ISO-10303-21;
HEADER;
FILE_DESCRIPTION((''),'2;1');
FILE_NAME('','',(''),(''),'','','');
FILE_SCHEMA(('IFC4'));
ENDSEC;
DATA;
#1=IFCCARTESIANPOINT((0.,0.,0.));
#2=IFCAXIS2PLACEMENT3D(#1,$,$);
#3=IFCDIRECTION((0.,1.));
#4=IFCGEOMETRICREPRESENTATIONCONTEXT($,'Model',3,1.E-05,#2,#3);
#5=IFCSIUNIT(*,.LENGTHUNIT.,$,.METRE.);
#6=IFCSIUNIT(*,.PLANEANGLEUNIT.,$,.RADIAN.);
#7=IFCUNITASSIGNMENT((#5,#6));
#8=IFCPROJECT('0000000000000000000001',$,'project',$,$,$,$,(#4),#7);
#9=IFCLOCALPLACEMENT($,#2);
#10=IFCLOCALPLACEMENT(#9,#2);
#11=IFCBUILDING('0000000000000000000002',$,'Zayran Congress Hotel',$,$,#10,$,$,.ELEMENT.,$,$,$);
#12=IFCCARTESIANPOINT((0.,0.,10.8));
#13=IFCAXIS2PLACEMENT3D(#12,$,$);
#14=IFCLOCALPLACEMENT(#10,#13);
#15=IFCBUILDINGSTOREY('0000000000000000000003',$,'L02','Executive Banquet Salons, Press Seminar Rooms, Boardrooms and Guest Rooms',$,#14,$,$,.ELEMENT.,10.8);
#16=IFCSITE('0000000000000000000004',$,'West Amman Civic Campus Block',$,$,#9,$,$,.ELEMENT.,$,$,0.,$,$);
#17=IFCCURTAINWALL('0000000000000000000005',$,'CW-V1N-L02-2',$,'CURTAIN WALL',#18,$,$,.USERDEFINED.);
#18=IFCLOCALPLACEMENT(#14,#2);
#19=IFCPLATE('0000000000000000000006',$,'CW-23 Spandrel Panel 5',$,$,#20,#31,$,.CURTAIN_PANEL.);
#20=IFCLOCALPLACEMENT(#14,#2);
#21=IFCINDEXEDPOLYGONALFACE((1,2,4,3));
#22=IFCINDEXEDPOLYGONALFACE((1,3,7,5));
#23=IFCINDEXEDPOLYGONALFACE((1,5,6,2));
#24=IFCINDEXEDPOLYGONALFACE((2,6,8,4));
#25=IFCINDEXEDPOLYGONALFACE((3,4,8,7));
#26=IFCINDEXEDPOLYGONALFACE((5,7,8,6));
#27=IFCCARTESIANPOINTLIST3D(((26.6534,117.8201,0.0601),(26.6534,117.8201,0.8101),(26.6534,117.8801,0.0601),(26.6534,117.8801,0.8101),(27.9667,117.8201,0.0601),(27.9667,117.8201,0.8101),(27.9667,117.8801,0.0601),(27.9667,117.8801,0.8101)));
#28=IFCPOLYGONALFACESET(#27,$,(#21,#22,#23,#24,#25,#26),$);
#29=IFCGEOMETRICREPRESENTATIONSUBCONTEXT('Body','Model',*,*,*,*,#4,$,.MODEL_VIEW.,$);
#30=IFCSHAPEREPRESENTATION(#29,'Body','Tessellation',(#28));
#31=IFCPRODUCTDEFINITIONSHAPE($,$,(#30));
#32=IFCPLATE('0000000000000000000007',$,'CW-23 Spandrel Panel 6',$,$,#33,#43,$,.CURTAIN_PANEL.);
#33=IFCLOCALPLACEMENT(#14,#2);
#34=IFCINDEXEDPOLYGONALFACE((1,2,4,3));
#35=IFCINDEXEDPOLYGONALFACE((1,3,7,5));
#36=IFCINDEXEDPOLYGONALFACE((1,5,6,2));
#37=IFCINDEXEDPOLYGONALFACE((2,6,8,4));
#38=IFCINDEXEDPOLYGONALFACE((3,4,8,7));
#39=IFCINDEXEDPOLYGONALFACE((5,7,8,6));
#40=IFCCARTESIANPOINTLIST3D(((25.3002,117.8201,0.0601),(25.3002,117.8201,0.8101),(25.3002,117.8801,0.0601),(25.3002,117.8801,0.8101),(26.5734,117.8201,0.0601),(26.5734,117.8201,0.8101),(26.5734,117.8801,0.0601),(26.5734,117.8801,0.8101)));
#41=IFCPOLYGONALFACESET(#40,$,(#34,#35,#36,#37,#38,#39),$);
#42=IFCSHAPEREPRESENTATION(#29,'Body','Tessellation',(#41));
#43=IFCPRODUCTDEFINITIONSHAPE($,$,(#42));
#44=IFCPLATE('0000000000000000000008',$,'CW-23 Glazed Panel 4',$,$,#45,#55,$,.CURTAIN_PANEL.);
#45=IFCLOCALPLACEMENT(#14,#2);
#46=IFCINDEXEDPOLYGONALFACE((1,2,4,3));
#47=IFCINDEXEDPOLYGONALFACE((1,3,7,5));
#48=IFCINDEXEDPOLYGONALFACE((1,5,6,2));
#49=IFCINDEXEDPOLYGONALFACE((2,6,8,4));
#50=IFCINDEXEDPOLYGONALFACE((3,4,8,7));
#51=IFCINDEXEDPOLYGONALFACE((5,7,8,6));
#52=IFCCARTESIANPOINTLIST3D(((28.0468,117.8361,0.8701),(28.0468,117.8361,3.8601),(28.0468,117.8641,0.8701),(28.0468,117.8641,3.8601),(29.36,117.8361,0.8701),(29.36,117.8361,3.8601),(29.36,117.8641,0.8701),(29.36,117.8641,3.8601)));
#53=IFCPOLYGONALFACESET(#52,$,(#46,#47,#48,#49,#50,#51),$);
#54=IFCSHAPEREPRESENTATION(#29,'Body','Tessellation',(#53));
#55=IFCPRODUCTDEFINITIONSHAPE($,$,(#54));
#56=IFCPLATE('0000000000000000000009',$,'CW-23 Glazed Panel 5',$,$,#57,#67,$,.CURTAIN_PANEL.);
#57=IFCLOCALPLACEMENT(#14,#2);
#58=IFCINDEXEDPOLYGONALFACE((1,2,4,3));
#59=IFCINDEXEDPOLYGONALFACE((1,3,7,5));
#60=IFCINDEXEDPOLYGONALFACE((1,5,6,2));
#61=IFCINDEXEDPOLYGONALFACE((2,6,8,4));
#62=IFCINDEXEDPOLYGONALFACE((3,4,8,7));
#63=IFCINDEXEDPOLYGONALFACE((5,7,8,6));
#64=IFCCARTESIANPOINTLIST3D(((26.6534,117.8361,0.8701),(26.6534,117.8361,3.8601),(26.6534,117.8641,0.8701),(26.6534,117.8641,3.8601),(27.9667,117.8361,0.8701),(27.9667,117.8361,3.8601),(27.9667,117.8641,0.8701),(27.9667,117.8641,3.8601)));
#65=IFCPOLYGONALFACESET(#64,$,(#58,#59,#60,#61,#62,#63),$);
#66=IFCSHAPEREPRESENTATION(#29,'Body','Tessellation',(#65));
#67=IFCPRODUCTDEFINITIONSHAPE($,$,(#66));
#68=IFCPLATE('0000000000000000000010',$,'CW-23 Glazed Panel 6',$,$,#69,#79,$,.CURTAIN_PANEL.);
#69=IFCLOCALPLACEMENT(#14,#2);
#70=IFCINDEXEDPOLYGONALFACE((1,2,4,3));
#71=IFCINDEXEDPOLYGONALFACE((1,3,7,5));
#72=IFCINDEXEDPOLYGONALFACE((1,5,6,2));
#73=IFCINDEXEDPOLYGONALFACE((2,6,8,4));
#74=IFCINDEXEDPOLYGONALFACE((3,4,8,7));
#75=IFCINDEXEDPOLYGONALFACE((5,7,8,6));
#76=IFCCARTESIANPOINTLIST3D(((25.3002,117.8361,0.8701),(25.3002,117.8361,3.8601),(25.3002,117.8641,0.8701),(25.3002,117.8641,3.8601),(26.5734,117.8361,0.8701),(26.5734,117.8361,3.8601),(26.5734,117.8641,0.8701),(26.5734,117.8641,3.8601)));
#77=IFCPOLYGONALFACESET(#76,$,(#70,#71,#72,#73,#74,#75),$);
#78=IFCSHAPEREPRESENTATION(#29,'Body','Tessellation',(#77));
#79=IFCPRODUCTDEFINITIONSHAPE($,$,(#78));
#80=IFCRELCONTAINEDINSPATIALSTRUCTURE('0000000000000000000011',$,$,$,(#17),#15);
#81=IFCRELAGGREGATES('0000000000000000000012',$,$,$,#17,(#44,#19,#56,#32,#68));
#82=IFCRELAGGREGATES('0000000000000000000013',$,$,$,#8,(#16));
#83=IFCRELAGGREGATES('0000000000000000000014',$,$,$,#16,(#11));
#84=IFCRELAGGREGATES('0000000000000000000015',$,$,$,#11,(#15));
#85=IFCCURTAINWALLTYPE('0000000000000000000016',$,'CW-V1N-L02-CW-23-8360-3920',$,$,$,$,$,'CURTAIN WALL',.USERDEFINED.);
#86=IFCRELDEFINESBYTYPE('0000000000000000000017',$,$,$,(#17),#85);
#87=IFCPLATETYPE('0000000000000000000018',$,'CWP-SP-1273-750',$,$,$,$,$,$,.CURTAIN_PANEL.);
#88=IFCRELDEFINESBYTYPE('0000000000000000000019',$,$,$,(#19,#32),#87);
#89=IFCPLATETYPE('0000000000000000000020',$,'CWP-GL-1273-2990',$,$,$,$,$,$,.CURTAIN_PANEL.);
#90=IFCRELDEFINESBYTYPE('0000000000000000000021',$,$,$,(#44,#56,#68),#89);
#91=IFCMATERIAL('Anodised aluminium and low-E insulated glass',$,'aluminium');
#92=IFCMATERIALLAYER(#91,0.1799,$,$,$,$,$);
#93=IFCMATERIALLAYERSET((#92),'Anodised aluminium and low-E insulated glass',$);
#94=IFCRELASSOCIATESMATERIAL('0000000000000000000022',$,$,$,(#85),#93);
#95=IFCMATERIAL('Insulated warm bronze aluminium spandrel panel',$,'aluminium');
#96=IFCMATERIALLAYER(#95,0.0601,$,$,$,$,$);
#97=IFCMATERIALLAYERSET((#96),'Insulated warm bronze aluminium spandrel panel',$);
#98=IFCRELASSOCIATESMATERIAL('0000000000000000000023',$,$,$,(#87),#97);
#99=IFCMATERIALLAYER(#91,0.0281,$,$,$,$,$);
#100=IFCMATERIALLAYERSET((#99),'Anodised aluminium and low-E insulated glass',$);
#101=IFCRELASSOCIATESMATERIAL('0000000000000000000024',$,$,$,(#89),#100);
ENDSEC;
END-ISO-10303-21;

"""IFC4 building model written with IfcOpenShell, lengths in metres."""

from ifc_helpers import new_model, si_unit, direction, frame, origin, origin_2d, place, context, subcontext, project, spatial, rectangle, extrude, material, layer, layer_set, type_object, element, aggregate, save


model = new_model("IFC4")

# Units and contexts
model_context = context("Model", 3, precision=1e-05, world=origin(), true_north=direction((0.0, 1.0)))
body_context = subcontext(model_context, "Body", "Model", "MODEL_VIEW")
ifc_project = project(units=[si_unit("LENGTHUNIT", "METRE"), si_unit("PLANEANGLEUNIT", "RADIAN")], contexts=[model_context])

# Site, building, storey
site_placement = place(None, origin())
site = spatial("IfcSite", under=ifc_project, at=site_placement, Name="West Amman Civic Campus Block", CompositionType="ELEMENT", RefElevation=0.0)
building_placement = place(site_placement, origin())
building = spatial("IfcBuilding", under=site, at=building_placement, Name="Zayran Congress Hotel", CompositionType="ELEMENT")
storey_placement = place(building_placement, frame((0.0, 0.0, 10.8)))
storey = spatial("IfcBuildingStorey", under=building, at=storey_placement, Name="L02", Description="Executive Banquet Salons, Press Seminar Rooms, Boardrooms and Guest Rooms", CompositionType="ELEMENT", Elevation=10.8)

# Curtain wall
ifc_material_1 = material(Name="Anodised aluminium and low-E insulated glass", Category="aluminium")
ifc_layer_1 = layer(ifc_material_1, 0.1799)
ifc_layer_set_1 = layer_set([ifc_layer_1], Name="Anodised aluminium and low-E insulated glass")
curtain_wall_type_1 = type_object("IfcCurtainWallType", Name="CW-V1N-L02-CW-23-8360-3920", ElementType="CURTAIN WALL", PredefinedType="USERDEFINED", material=ifc_layer_set_1)
curtain_wall_1_placement = place(storey_placement, origin())
curtain_wall_1 = element("IfcCurtainWall", 1, at=curtain_wall_1_placement, inside=storey, type_object=curtain_wall_type_1, Name="CW-V1N-L02-2", ObjectType="CURTAIN WALL", PredefinedType="USERDEFINED")

# Plates
ifc_material_2 = material(Name="Insulated warm bronze aluminium spandrel panel", Category="aluminium")
ifc_layer_2 = layer(ifc_material_2, 0.0601)
ifc_layer_set_2 = layer_set([ifc_layer_2], Name="Insulated warm bronze aluminium spandrel panel")
plate_type_1 = type_object("IfcPlateType", Name="CWP-SP-1273-750", PredefinedType="CURTAIN_PANEL", material=ifc_layer_set_2)
plate_1_placement = place(storey_placement, frame((27.3101, 117.8501, 0.0601), z_axis=(0.0, 0.0, 1.0), x_axis=(1.0, 0.0, 0.0)))
plate_1 = element("IfcPlate", 2, at=plate_1_placement, type_object=plate_type_1, Name="CW-23 Spandrel Panel 5", PredefinedType="CURTAIN_PANEL", context=body_context, shape_type="SweptSolid", body=[
    extrude(rectangle(XDim=1.3132, YDim=0.0601, at=origin_2d()), origin(), (0.0, 0.0, 1.0), 0.75),
])
plate_2_placement = place(storey_placement, frame((25.9368, 117.8501, 0.0601), z_axis=(0.0, 0.0, 1.0), x_axis=(1.0, 0.0, 0.0)))
plate_2 = element("IfcPlate", 3, at=plate_2_placement, type_object=plate_type_1, Name="CW-23 Spandrel Panel 6", PredefinedType="CURTAIN_PANEL", context=body_context, shape_type="SweptSolid", body=[
    extrude(rectangle(XDim=1.2732, YDim=0.0601, at=origin_2d()), origin(), (0.0, 0.0, 1.0), 0.75),
])
ifc_layer_3 = layer(ifc_material_1, 0.0281)
ifc_layer_set_3 = layer_set([ifc_layer_3], Name="Anodised aluminium and low-E insulated glass")
plate_type_2 = type_object("IfcPlateType", Name="CWP-GL-1273-2990", PredefinedType="CURTAIN_PANEL", material=ifc_layer_set_3)
plate_3_placement = place(storey_placement, frame((28.7034, 117.8501, 0.8701), z_axis=(0.0, 0.0, 1.0), x_axis=(1.0, 0.0, 0.0)))
plate_3 = element("IfcPlate", 4, at=plate_3_placement, type_object=plate_type_2, Name="CW-23 Glazed Panel 4", PredefinedType="CURTAIN_PANEL", context=body_context, shape_type="SweptSolid", body=[
    extrude(rectangle(XDim=1.3132, YDim=0.0281, at=origin_2d()), origin(), (0.0, 0.0, 1.0), 2.99),
])
plate_4_placement = place(storey_placement, frame((27.3101, 117.8501, 0.8701), z_axis=(0.0, 0.0, 1.0), x_axis=(1.0, 0.0, 0.0)))
plate_4 = element("IfcPlate", 5, at=plate_4_placement, type_object=plate_type_2, Name="CW-23 Glazed Panel 5", PredefinedType="CURTAIN_PANEL", context=body_context, shape_type="SweptSolid", body=[
    extrude(rectangle(XDim=1.3132, YDim=0.0281, at=origin_2d()), origin(), (0.0, 0.0, 1.0), 2.99),
])
plate_5_placement = place(storey_placement, frame((25.9368, 117.8501, 0.8701), z_axis=(0.0, 0.0, 1.0), x_axis=(1.0, 0.0, 0.0)))
plate_5 = element("IfcPlate", 6, at=plate_5_placement, type_object=plate_type_2, Name="CW-23 Glazed Panel 6", PredefinedType="CURTAIN_PANEL", context=body_context, shape_type="SweptSolid", body=[
    extrude(rectangle(XDim=1.2732, YDim=0.0281, at=origin_2d()), origin(), (0.0, 0.0, 1.0), 2.99),
])
aggregate(curtain_wall_1, [plate_3, plate_1, plate_4, plate_2, plate_5])

save(model, "model.ifc")
